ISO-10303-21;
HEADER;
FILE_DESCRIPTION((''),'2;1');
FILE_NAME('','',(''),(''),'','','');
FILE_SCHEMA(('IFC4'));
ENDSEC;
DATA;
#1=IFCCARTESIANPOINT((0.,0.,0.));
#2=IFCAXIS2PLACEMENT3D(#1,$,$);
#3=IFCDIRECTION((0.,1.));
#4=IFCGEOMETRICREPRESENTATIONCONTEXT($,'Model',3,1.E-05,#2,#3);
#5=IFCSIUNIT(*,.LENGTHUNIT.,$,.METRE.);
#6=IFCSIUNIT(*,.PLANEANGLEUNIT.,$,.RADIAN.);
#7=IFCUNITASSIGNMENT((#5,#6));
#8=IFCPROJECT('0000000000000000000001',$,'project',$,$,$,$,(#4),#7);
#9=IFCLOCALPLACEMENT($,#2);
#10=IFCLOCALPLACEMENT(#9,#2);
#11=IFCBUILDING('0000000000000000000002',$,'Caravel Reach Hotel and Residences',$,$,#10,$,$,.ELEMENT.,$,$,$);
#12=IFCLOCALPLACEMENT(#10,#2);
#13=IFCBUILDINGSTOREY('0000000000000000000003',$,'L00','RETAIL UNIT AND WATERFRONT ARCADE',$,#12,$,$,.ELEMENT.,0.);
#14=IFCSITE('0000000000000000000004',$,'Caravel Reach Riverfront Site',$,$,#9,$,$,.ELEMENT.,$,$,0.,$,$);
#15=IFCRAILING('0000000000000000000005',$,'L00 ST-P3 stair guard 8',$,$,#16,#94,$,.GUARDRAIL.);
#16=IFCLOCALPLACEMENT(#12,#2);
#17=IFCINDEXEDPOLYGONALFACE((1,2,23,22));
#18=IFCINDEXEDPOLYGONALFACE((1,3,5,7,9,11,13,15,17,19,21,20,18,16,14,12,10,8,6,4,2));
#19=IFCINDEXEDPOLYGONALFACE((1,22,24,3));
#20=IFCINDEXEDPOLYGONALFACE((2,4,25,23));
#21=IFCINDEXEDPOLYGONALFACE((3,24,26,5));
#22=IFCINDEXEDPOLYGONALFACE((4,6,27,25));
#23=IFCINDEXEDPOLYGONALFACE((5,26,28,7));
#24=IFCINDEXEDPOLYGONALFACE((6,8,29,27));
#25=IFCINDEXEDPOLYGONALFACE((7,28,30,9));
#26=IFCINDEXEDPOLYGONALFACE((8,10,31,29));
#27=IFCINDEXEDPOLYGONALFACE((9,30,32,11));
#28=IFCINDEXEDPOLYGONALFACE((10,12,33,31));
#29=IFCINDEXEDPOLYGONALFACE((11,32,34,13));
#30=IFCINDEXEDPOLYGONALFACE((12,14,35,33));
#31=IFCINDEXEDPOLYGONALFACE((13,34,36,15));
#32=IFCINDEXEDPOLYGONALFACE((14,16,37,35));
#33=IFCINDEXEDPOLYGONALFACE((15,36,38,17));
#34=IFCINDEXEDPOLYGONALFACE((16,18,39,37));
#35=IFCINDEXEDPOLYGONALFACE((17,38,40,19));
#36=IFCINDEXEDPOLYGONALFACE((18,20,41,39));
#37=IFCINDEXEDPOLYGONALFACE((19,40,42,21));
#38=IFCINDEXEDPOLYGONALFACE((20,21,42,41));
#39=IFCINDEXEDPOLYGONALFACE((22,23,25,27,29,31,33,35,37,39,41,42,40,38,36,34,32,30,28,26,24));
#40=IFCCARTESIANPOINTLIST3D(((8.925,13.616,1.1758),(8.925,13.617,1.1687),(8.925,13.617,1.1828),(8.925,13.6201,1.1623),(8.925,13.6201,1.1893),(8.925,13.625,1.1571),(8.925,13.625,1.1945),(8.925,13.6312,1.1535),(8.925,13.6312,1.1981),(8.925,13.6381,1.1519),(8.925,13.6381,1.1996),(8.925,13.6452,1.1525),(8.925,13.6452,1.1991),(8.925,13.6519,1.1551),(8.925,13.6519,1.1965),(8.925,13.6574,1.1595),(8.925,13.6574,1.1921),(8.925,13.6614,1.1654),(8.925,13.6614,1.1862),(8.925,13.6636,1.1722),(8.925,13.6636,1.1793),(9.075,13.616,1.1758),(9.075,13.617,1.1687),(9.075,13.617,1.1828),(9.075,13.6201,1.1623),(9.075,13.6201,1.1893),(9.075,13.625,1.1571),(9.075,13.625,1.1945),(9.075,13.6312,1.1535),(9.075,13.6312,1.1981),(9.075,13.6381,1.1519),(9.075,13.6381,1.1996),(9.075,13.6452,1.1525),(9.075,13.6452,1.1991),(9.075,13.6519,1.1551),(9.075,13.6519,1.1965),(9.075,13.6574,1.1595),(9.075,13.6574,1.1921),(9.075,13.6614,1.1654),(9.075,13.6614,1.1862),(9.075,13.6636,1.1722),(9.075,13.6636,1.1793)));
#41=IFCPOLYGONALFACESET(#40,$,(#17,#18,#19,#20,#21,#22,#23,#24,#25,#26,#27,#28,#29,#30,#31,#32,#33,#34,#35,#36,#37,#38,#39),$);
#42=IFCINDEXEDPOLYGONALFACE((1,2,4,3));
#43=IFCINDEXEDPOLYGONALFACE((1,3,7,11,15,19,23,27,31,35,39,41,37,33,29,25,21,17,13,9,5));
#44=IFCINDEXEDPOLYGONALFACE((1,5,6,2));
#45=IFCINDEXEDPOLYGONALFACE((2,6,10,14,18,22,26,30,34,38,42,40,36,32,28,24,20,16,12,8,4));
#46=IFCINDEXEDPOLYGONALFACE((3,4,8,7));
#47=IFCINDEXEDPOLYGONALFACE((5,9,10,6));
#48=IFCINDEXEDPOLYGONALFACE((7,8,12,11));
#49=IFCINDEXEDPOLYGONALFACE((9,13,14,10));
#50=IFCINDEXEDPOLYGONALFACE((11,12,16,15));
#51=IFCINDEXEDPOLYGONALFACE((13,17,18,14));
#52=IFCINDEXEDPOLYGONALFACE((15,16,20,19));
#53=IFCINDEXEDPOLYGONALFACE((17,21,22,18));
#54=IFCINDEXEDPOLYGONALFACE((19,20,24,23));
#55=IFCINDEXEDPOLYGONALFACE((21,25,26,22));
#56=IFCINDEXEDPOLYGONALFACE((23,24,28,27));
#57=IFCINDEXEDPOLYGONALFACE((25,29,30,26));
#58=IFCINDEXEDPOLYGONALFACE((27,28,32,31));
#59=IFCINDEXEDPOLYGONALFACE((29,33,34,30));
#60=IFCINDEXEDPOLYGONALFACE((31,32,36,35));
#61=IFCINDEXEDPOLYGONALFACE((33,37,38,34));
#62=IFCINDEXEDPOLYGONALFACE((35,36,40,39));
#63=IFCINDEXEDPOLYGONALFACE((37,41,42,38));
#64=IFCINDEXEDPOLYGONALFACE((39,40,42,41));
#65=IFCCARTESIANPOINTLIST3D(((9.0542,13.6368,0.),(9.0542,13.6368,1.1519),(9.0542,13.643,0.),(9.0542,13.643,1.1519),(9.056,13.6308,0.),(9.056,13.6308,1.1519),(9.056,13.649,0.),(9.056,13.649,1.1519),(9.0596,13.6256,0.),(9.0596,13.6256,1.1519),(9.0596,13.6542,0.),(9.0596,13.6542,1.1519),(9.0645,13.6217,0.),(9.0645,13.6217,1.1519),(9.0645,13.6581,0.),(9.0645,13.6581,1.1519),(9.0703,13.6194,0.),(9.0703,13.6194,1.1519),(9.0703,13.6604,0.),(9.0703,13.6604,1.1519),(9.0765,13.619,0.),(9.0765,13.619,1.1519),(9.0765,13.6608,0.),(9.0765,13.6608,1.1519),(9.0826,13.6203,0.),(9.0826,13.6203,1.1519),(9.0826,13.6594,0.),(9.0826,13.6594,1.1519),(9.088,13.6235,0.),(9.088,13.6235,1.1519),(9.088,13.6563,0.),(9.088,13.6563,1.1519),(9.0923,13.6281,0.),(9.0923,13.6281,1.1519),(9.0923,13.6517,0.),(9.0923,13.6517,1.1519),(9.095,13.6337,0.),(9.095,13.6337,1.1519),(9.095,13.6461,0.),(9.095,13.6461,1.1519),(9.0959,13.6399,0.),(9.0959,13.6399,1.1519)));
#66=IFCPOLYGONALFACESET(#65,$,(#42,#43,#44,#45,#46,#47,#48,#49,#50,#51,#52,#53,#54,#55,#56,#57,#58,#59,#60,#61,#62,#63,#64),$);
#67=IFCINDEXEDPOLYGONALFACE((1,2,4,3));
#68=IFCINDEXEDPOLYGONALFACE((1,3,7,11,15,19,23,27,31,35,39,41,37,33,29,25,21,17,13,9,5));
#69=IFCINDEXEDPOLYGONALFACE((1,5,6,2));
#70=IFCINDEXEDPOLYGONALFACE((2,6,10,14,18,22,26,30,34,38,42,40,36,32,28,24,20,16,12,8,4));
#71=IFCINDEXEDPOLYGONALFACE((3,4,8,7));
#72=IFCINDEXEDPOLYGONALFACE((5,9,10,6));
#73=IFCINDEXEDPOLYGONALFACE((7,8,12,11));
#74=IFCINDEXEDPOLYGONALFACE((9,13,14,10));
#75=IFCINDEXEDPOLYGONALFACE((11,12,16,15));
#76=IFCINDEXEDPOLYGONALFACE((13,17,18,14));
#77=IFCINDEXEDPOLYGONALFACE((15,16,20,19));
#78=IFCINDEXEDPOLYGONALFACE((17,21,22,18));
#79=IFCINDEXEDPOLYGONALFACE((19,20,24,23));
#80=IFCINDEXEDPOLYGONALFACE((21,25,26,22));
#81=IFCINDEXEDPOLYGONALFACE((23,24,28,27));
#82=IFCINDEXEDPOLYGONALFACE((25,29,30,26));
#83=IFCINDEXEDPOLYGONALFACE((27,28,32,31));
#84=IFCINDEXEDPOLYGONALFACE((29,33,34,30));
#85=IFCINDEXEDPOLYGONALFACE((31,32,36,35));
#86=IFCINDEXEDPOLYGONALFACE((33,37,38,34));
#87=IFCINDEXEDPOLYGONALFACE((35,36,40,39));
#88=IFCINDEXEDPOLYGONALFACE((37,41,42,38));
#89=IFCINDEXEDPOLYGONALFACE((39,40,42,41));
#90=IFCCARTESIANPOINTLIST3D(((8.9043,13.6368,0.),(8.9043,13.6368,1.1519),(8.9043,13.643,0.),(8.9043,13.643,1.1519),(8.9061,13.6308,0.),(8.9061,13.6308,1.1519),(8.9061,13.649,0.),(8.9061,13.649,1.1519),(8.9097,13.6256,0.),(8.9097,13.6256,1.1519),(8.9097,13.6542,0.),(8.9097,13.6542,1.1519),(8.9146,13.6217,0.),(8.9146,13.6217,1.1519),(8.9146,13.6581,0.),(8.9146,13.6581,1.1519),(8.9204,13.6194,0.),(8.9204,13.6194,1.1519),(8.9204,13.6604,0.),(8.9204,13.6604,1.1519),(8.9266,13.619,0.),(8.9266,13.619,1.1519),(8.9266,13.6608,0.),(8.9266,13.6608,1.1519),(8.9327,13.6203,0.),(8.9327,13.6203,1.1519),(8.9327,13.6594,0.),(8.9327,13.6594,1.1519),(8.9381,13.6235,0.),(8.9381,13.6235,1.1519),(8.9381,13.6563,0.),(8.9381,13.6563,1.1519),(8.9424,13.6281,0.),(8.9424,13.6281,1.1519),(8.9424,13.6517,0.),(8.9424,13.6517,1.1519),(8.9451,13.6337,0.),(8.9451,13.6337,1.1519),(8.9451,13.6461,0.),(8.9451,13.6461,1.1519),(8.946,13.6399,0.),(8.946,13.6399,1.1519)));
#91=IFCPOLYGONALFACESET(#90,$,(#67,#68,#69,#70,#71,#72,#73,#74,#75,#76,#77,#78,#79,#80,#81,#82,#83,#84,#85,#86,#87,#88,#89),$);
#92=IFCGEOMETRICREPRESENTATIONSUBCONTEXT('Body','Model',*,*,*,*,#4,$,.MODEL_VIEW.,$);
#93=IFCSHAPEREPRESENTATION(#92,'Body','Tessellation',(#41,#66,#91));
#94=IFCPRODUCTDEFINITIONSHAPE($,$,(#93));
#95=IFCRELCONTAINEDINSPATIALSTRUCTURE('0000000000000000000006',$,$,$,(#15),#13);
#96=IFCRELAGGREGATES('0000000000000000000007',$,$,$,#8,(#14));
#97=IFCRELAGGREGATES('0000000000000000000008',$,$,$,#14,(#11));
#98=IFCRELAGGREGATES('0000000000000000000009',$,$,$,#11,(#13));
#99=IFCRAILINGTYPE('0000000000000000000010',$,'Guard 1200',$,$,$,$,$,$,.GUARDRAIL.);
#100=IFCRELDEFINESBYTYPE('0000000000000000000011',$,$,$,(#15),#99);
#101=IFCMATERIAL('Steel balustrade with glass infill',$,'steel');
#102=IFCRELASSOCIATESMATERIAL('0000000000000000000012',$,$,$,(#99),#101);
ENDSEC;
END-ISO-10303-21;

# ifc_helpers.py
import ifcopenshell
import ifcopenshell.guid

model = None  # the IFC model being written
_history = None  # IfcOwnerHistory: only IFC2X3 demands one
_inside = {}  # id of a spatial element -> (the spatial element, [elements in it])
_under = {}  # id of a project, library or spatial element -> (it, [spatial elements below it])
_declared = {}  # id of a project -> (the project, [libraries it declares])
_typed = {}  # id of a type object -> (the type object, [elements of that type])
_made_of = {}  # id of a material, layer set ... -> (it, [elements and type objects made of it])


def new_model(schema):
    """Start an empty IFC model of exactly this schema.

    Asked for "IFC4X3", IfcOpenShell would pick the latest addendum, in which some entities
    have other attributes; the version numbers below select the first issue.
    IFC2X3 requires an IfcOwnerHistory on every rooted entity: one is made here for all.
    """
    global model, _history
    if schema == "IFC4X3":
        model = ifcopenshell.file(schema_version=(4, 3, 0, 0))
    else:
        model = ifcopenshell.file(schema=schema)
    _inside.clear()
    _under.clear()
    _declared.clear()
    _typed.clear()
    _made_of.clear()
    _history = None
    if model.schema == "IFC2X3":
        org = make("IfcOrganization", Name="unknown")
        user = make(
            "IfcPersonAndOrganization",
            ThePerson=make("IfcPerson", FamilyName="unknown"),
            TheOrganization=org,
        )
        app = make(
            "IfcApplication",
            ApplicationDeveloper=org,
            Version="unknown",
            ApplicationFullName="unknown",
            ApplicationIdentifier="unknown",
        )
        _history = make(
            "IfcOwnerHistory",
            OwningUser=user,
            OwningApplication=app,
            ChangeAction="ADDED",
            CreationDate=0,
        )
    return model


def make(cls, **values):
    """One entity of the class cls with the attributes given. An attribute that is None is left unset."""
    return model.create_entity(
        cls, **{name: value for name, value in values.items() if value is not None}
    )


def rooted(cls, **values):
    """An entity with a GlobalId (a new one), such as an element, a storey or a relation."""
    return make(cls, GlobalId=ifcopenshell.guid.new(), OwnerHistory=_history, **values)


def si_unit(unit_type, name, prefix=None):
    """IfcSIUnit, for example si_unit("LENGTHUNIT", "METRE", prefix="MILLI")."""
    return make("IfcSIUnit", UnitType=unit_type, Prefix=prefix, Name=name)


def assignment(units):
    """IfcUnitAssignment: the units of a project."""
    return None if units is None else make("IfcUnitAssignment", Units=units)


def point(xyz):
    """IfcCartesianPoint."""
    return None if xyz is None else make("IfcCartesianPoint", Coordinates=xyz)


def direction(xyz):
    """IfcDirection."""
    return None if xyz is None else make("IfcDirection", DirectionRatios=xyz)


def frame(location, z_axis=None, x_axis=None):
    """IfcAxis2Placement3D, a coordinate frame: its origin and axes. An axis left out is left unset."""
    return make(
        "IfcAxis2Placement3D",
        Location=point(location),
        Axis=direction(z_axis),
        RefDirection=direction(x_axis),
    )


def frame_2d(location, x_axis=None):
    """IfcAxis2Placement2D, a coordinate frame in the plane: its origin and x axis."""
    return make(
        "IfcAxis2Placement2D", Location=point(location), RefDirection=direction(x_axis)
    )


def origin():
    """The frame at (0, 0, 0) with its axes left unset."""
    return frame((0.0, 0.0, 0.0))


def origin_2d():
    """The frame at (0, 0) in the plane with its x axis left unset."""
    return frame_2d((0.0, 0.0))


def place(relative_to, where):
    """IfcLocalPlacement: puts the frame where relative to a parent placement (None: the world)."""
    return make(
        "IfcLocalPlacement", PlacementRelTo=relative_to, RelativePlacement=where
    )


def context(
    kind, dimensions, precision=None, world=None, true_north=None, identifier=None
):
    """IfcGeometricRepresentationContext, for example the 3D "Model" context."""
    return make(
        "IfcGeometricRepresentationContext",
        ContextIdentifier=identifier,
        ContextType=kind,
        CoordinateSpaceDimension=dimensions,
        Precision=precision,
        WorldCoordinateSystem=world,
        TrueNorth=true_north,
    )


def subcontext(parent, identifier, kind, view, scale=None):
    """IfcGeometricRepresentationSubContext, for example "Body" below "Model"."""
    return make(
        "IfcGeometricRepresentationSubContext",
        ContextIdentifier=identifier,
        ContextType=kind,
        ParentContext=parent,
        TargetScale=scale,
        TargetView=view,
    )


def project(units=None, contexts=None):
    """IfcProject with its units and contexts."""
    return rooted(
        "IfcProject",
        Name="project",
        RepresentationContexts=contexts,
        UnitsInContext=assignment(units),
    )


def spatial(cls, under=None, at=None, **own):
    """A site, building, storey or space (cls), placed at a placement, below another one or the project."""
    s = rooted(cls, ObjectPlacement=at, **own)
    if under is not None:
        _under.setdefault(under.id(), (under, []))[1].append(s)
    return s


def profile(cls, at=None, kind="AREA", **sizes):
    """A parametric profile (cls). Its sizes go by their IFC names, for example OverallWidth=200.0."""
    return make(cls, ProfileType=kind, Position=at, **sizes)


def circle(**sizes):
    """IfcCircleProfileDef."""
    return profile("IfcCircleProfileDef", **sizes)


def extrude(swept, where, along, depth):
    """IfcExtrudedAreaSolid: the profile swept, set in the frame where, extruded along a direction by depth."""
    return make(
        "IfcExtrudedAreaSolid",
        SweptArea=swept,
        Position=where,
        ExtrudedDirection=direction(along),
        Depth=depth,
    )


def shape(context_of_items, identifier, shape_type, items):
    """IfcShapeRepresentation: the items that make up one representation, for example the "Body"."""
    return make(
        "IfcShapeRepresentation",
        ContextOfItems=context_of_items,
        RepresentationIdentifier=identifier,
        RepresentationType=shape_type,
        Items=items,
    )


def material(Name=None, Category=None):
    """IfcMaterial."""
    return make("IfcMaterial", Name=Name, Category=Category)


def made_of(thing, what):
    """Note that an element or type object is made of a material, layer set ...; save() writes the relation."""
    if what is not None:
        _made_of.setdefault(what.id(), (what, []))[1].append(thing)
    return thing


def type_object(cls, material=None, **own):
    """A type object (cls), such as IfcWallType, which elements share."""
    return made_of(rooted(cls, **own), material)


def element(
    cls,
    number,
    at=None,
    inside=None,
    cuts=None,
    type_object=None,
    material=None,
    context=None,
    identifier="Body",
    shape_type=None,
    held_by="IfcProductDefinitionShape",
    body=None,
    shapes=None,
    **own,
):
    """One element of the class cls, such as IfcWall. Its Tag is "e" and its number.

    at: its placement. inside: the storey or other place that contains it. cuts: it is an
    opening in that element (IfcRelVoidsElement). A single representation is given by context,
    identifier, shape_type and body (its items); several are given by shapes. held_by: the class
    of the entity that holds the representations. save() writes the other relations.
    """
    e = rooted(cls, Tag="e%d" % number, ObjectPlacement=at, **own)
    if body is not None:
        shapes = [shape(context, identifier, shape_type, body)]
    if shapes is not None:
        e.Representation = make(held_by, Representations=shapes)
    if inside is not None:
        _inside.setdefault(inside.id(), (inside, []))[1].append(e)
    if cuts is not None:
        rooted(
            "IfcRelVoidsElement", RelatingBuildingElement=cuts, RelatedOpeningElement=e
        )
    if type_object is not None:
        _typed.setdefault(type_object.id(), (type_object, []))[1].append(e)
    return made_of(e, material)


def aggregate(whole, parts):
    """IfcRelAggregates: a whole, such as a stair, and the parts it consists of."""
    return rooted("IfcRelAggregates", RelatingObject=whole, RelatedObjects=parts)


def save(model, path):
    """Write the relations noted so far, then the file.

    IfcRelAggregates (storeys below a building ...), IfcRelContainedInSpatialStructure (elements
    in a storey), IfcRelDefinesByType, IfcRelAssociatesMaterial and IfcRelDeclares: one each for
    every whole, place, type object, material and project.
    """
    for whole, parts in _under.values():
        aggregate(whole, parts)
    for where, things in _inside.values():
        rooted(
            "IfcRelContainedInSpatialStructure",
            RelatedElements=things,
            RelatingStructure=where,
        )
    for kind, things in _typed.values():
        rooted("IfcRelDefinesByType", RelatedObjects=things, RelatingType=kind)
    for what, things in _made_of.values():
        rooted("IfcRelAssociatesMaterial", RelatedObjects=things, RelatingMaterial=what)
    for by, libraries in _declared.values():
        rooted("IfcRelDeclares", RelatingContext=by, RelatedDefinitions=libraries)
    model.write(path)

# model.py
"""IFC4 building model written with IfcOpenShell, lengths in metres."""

from ifc_helpers import new_model, si_unit, direction, frame, origin, origin_2d, place, context, subcontext, project, spatial, circle, extrude, material, type_object, element, save


model = new_model("IFC4")

# Units and contexts
model_context = context("Model", 3, precision=1e-05, world=origin(), true_north=direction((0.0, 1.0)))
body_context = subcontext(model_context, "Body", "Model", "MODEL_VIEW")
ifc_project = project(units=[si_unit("LENGTHUNIT", "METRE"), si_unit("PLANEANGLEUNIT", "RADIAN")], contexts=[model_context])

# Site, building, storey
site_placement = place(None, origin())
site = spatial("IfcSite", under=ifc_project, at=site_placement, Name="Caravel Reach Riverfront Site", CompositionType="ELEMENT", RefElevation=0.0)
building_placement = place(site_placement, origin())
building = spatial("IfcBuilding", under=site, at=building_placement, Name="Caravel Reach Hotel and Residences", CompositionType="ELEMENT")
storey_placement = place(building_placement, origin())
storey = spatial("IfcBuildingStorey", under=building, at=storey_placement, Name="L00", Description="RETAIL UNIT AND WATERFRONT ARCADE", CompositionType="ELEMENT", Elevation=0.0)

# Railing
ifc_material_1 = material(Name="Steel balustrade with glass infill", Category="steel")
railing_type_1 = type_object("IfcRailingType", Name="Guard 1200", PredefinedType="GUARDRAIL", material=ifc_material_1)
railing_1_placement = place(storey_placement, frame((9.075, 13.6399, 0.0)))
element("IfcRailing", 1, at=railing_1_placement, inside=storey, type_object=railing_type_1, Name="L00 ST-P3 stair guard 8", PredefinedType="GUARDRAIL", context=body_context, shape_type="SweptSolid", body=[
    extrude(circle(Radius=0.0239, at=origin_2d()), frame((0.0, 0.0, 1.1758), z_axis=(-1.0, 0.0, 0.0), x_axis=(0.0, -1.0, 0.0)), (0.0, 0.0, 1.0), 0.1499),
    extrude(circle(Radius=0.021, at=origin_2d()), origin(), (0.0, 0.0, 1.0), 1.1519),
    extrude(circle(Radius=0.021, at=origin_2d()), frame((-0.1499, 0.0, 0.0)), (0.0, 0.0, 1.0), 1.1519),
])

save(model, "model.ifc")
